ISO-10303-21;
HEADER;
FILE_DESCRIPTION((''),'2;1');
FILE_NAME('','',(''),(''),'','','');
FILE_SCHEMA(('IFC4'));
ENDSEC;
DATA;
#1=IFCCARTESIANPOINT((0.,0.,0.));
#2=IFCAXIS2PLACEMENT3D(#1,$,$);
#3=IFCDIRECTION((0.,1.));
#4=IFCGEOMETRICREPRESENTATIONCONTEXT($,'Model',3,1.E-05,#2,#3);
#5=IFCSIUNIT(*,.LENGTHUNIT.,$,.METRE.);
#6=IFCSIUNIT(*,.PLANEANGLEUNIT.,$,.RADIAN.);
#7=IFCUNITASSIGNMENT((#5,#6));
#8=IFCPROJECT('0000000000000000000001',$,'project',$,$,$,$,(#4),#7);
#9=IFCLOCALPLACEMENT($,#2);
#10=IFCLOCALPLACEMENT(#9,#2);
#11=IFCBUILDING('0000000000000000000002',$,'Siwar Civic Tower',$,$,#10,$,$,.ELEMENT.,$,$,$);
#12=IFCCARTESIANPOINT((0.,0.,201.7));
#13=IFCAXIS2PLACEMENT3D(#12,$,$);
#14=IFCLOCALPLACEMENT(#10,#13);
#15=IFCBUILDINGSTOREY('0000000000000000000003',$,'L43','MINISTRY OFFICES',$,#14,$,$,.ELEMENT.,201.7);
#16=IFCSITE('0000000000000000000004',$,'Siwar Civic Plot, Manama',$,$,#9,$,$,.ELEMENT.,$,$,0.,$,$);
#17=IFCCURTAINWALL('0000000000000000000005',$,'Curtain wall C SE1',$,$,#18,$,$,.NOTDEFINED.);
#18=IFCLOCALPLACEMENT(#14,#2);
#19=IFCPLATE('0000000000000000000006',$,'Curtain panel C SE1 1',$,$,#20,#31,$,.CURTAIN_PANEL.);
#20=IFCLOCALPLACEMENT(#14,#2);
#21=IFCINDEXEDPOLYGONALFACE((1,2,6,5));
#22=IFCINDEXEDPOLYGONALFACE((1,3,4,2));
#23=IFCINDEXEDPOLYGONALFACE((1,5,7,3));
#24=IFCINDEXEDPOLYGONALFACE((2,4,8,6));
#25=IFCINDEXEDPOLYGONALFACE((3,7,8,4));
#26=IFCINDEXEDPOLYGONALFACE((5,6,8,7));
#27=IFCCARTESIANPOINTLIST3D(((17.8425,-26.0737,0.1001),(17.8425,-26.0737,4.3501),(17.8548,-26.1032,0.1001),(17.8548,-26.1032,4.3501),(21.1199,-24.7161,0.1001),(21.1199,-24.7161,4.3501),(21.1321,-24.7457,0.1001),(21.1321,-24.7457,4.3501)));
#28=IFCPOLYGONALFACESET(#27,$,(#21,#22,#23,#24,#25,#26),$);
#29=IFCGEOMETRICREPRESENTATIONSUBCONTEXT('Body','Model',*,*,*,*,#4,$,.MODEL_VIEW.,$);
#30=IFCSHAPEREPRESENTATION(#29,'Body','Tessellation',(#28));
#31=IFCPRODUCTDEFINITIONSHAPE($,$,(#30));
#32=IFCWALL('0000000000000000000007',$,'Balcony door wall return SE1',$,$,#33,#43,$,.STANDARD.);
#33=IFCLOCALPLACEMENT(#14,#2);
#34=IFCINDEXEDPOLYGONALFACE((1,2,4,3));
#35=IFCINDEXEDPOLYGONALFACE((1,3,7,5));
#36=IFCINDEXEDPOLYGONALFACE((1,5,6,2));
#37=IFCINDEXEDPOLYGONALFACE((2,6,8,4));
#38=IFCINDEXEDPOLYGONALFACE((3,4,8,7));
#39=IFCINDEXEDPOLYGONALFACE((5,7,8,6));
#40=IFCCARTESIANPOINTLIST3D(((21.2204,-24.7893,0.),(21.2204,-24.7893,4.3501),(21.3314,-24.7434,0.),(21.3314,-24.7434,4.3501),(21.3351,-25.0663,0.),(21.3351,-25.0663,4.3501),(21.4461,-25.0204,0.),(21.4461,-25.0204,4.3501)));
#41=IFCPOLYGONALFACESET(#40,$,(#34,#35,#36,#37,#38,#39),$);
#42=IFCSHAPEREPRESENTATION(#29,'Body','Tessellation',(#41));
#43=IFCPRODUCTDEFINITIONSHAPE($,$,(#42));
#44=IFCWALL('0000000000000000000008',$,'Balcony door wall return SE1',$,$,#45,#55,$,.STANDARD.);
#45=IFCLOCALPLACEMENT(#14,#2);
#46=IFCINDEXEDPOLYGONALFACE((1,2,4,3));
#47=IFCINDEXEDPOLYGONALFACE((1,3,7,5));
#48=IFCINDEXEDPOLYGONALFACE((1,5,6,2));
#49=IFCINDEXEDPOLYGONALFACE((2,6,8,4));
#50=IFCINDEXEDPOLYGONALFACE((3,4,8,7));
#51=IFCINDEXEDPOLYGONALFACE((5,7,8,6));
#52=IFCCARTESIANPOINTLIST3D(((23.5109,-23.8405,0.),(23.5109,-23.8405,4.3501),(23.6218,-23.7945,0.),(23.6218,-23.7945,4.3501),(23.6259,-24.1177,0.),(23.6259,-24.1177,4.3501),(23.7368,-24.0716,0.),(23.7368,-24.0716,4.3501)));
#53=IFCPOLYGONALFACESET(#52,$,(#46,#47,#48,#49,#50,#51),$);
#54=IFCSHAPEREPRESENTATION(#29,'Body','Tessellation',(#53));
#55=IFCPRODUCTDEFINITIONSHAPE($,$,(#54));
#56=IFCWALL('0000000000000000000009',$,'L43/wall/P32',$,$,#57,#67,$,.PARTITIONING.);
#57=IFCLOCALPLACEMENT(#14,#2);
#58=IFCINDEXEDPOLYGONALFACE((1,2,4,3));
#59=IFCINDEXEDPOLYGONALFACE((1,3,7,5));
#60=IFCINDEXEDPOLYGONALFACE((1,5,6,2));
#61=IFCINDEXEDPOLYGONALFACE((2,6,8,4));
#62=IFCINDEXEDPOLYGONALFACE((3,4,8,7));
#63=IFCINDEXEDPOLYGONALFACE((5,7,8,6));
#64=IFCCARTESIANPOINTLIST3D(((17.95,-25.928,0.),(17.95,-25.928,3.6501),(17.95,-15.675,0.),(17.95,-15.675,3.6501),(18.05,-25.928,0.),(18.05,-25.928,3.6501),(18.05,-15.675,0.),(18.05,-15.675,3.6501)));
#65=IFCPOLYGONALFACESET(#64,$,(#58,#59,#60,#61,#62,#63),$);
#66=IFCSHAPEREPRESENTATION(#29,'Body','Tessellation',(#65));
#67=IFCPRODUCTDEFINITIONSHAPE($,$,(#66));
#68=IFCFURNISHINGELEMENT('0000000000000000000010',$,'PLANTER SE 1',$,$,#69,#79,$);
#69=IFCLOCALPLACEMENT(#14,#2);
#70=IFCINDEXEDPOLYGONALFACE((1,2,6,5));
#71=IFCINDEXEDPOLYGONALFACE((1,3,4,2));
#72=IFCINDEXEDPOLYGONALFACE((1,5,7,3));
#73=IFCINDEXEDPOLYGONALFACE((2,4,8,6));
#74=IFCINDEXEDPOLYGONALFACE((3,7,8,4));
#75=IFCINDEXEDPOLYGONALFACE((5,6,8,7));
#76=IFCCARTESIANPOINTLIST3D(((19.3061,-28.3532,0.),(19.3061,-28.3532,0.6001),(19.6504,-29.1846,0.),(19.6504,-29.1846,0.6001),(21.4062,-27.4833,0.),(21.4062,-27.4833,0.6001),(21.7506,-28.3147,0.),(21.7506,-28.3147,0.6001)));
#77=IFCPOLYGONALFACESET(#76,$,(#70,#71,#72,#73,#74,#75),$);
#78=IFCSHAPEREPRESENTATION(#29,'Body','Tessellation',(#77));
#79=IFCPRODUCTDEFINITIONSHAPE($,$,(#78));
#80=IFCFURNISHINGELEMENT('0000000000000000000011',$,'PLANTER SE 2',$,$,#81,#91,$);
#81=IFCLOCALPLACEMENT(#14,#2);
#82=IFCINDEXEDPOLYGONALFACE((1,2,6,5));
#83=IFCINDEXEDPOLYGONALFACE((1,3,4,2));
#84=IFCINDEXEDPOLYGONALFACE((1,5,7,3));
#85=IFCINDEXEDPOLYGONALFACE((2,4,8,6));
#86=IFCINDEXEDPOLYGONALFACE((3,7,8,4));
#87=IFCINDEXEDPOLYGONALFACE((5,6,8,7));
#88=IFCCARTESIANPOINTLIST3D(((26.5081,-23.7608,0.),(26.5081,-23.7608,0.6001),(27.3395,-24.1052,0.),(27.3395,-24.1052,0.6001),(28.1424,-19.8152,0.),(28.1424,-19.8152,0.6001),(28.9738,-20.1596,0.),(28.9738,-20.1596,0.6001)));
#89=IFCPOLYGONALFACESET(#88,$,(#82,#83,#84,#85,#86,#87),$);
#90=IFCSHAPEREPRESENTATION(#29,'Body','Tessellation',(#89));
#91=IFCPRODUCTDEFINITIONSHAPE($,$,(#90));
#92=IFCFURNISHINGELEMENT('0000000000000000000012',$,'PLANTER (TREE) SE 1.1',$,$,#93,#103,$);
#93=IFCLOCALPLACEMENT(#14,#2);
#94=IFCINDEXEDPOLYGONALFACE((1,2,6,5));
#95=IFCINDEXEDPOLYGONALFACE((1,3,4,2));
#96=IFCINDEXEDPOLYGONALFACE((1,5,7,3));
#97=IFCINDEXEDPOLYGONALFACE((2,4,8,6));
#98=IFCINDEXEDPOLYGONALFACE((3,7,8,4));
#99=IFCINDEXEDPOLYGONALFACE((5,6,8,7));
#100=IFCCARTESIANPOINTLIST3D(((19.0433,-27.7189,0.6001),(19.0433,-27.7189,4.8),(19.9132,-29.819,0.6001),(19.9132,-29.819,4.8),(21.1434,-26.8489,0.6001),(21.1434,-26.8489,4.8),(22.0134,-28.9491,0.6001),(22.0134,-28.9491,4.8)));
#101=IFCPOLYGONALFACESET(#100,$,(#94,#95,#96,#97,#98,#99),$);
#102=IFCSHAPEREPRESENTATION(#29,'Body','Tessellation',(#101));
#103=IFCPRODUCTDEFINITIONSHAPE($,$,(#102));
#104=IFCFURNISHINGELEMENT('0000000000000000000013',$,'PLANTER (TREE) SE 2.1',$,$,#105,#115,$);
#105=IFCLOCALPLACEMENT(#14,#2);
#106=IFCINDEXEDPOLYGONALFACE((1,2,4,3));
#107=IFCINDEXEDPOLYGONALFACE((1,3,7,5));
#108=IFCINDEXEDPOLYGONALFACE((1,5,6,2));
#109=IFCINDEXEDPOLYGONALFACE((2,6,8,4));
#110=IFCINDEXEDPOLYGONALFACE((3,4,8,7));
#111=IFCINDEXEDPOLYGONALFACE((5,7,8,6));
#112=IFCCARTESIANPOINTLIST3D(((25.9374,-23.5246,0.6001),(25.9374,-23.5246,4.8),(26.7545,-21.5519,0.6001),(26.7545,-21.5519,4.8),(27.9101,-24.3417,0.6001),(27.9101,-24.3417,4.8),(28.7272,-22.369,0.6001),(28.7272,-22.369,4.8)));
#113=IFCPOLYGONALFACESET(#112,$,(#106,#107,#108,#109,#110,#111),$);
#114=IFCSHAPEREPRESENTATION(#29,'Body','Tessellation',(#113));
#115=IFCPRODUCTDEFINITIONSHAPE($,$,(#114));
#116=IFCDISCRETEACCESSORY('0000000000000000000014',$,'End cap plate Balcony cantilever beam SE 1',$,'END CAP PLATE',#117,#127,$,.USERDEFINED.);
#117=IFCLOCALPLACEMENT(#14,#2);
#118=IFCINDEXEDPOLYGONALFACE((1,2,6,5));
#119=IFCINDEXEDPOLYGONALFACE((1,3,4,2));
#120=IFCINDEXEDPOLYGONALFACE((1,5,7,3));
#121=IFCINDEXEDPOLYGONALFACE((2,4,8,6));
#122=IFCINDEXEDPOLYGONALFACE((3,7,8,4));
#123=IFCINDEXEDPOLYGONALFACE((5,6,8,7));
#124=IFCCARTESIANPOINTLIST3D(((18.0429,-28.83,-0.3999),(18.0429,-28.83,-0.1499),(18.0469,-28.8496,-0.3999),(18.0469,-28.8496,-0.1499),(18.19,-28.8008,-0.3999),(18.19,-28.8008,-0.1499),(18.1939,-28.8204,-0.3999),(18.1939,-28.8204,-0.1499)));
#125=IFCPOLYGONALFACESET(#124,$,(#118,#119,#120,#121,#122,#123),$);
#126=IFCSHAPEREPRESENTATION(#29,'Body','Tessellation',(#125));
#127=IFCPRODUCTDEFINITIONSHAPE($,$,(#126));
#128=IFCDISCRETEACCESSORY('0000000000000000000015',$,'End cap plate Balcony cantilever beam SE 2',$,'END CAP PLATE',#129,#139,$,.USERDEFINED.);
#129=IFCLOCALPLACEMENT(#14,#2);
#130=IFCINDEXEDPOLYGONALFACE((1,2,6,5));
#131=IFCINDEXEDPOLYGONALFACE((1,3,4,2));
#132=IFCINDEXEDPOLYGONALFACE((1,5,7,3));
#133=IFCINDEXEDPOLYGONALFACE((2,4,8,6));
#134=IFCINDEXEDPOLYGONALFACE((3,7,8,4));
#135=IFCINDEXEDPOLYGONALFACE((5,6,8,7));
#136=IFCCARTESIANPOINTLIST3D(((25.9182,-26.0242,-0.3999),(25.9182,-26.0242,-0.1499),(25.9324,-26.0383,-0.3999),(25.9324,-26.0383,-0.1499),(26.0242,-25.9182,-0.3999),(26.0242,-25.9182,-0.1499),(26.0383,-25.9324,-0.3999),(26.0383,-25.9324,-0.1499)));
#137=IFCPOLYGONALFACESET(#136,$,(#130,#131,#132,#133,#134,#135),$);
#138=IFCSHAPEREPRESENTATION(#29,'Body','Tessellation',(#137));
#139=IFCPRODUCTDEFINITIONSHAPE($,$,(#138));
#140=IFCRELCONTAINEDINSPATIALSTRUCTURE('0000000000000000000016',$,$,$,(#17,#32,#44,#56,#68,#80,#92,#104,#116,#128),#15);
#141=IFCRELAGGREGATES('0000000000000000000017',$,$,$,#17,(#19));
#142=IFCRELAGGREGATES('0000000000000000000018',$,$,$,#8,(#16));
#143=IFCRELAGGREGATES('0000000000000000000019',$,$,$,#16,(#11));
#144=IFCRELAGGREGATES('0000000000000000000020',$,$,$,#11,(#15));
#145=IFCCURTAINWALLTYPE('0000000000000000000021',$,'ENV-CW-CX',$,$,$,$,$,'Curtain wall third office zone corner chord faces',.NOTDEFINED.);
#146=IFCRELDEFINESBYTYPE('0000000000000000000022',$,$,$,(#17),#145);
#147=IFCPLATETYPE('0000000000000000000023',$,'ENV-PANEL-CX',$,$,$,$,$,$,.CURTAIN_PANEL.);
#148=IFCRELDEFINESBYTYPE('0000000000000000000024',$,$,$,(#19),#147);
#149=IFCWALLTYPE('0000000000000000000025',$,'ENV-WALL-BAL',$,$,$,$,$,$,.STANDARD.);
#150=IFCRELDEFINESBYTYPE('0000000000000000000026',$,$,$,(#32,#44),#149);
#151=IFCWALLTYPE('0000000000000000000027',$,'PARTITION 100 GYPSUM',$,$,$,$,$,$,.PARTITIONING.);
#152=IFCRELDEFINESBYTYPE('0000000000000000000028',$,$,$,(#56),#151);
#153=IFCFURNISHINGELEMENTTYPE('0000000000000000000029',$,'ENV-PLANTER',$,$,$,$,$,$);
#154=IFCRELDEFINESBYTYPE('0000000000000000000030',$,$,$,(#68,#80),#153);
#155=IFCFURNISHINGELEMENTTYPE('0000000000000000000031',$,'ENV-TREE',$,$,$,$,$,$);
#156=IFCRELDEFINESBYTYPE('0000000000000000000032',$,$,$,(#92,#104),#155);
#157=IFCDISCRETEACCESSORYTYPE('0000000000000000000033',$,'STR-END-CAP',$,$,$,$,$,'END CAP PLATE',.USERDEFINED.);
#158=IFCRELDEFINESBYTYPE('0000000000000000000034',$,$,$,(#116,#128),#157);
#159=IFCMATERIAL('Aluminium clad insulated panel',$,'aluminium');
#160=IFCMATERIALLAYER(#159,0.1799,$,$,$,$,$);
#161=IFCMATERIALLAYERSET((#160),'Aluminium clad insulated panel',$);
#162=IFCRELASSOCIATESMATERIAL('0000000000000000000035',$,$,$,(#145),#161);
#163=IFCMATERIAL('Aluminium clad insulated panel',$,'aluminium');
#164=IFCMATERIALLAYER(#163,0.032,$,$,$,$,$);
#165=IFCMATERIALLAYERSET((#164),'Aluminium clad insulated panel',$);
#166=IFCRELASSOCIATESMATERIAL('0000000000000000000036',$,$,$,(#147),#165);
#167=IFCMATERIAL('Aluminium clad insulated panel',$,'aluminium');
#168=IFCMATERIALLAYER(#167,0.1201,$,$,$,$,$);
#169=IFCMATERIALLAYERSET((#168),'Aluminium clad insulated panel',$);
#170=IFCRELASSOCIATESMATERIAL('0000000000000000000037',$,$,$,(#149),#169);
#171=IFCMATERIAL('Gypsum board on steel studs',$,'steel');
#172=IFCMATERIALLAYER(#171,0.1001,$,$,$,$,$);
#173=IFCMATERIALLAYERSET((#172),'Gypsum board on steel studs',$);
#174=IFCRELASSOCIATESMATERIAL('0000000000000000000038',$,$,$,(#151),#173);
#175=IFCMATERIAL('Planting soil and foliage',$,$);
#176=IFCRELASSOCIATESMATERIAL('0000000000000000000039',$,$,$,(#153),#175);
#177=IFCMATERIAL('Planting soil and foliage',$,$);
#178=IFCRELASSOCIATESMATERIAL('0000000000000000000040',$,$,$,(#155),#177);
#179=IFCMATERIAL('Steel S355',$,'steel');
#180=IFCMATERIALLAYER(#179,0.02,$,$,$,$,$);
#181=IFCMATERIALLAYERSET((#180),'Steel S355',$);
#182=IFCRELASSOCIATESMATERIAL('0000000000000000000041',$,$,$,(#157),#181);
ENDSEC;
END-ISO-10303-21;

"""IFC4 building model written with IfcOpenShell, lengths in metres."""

from ifc_helpers import new_model, si_unit, direction, frame, frame_2d, origin, origin_2d, place, context, subcontext, project, spatial, rectangle, extrude, material, layer, layer_set, type_object, element, aggregate, save


model = new_model("IFC4")

# Units and contexts
model_context = context("Model", 3, precision=1e-05, world=origin(), true_north=direction((0.0, 1.0)))
body_context = subcontext(model_context, "Body", "Model", "MODEL_VIEW")
ifc_project = project(units=[si_unit("LENGTHUNIT", "METRE"), si_unit("PLANEANGLEUNIT", "RADIAN")], contexts=[model_context])

# Site, building, storey
site_placement = place(None, origin())
site = spatial("IfcSite", under=ifc_project, at=site_placement, Name="Siwar Civic Plot, Manama", CompositionType="ELEMENT", RefElevation=0.0)
building_placement = place(site_placement, origin())
building = spatial("IfcBuilding", under=site, at=building_placement, Name="Siwar Civic Tower", CompositionType="ELEMENT")
storey_placement = place(building_placement, frame((0.0, 0.0, 201.7)))
storey = spatial("IfcBuildingStorey", under=building, at=storey_placement, Name="L43", Description="MINISTRY OFFICES", CompositionType="ELEMENT", Elevation=201.7)

# Curtain wall
ifc_material_1 = material(Name="Aluminium clad insulated panel", Category="aluminium")
ifc_layer_1 = layer(ifc_material_1, 0.1799)
ifc_layer_set_1 = layer_set([ifc_layer_1], Name="Aluminium clad insulated panel")
curtain_wall_type = type_object("IfcCurtainWallType", Name="ENV-CW-CX", ElementType="Curtain wall third office zone corner chord faces", PredefinedType="NOTDEFINED", material=ifc_layer_set_1)
curtain_wall_1_placement = place(storey_placement, origin())
curtain_wall_1 = element("IfcCurtainWall", 1, at=curtain_wall_1_placement, inside=storey, type_object=curtain_wall_type, Name="Curtain wall C SE1", PredefinedType="NOTDEFINED")

# Plate
ifc_material_2 = material(Name="Aluminium clad insulated panel", Category="aluminium")
ifc_layer_2 = layer(ifc_material_2, 0.032)
ifc_layer_set_2 = layer_set([ifc_layer_2], Name="Aluminium clad insulated panel")
plate_type = type_object("IfcPlateType", Name="ENV-PANEL-CX", PredefinedType="CURTAIN_PANEL", material=ifc_layer_set_2)
plate_placement = place(storey_placement, frame((19.4873, -25.4097, 0.1001), z_axis=(0.0, 0.0, 1.0), x_axis=(0.92388, 0.382683, 0.0)))
plate = element("IfcPlate", 2, at=plate_placement, type_object=plate_type, Name="Curtain panel C SE1 1", PredefinedType="CURTAIN_PANEL", context=body_context, shape_type="SweptSolid", body=[
    extrude(rectangle(XDim=3.5474, YDim=0.032, at=origin_2d()), origin(), (0.0, 0.0, 1.0), 4.25),
])
aggregate(curtain_wall_1, [plate])

# Walls
ifc_material_3 = material(Name="Aluminium clad insulated panel", Category="aluminium")
ifc_layer_3 = layer(ifc_material_3, 0.1201)
ifc_layer_set_3 = layer_set([ifc_layer_3], Name="Aluminium clad insulated panel")
wall_type_1 = type_object("IfcWallType", Name="ENV-WALL-BAL", PredefinedType="STANDARD", material=ifc_layer_set_3)
wall_1_placement = place(storey_placement, frame((21.2759, -24.7664, 0.0), z_axis=(0.0, 0.0, 1.0), x_axis=(0.382591, -0.923918, 0.0)))
element("IfcWall", 3, at=wall_1_placement, inside=storey, type_object=wall_type_1, Name="Balcony door wall return SE1", PredefinedType="STANDARD", context=body_context, shape_type="SweptSolid", body=[
    extrude(rectangle(XDim=0.2998, YDim=0.1201, at=frame_2d((0.1499, 0.0))), origin(), (0.0, 0.0, 1.0), 4.3501),
])
wall_2_placement = place(storey_placement, frame((23.5664, -23.8176, 0.0), z_axis=(0.0, 0.0, 1.0), x_axis=(0.383286, -0.92363, 0.0)))
element("IfcWall", 4, at=wall_2_placement, inside=storey, type_object=wall_type_1, Name="Balcony door wall return SE1", PredefinedType="STANDARD", context=body_context, shape_type="SweptSolid", body=[
    extrude(rectangle(XDim=0.3, YDim=0.1201, at=frame_2d((0.1499, 0.0))), origin(), (0.0, 0.0, 1.0), 4.3501),
])

# Wall
ifc_material_4 = material(Name="Gypsum board on steel studs", Category="steel")
ifc_layer_4 = layer(ifc_material_4, 0.1001)
ifc_layer_set_4 = layer_set([ifc_layer_4], Name="Gypsum board on steel studs")
wall_type_2 = type_object("IfcWallType", Name="PARTITION 100 GYPSUM", PredefinedType="PARTITIONING", material=ifc_layer_set_4)
wall_3_placement = place(storey_placement, frame((18.0, -25.928, 0.0), z_axis=(0.0, 0.0, 1.0), x_axis=(0.0, 1.0, 0.0)))
element("IfcWall", 5, at=wall_3_placement, inside=storey, type_object=wall_type_2, Name="L43/wall/P32", PredefinedType="PARTITIONING", context=body_context, shape_type="SweptSolid", body=[
    extrude(rectangle(XDim=10.2529, YDim=0.1001, at=frame_2d((5.1265, 0.0))), origin(), (0.0, 0.0, 1.0), 3.6501),
])

# Furnishing elements
ifc_material_5 = material(Name="Planting soil and foliage")
furnishing_element_type_1 = type_object("IfcFurnishingElementType", Name="ENV-PLANTER", material=ifc_material_5)
furnishing_1_placement = place(storey_placement, frame((20.5283, -28.334, 0.0), z_axis=(0.0, 0.0, 1.0), x_axis=(0.92388, 0.382683, 0.0)))
element("IfcFurnishingElement", 6, at=furnishing_1_placement, inside=storey, type_object=furnishing_element_type_1, Name="PLANTER SE 1", context=body_context, shape_type="SweptSolid", body=[
    extrude(rectangle(XDim=2.2732, YDim=0.8999, at=origin_2d()), origin(), (0.0, 0.0, 1.0), 0.6001),
])
furnishing_2_placement = place(storey_placement, frame((27.741, -21.9602, 0.0), z_axis=(0.0, 0.0, 1.0), x_axis=(0.382683, 0.92388, 0.0)))
element("IfcFurnishingElement", 7, at=furnishing_2_placement, inside=storey, type_object=furnishing_element_type_1, Name="PLANTER SE 2", context=body_context, shape_type="SweptSolid", body=[
    extrude(rectangle(XDim=4.2708, YDim=0.8999, at=origin_2d()), origin(), (0.0, 0.0, 1.0), 0.6001),
])
ifc_material_6 = material(Name="Planting soil and foliage")
furnishing_element_type_2 = type_object("IfcFurnishingElementType", Name="ENV-TREE", material=ifc_material_6)
furnishing_3_placement = place(storey_placement, frame((20.5283, -28.334, 0.6001), z_axis=(0.0, 0.0, 1.0), x_axis=(0.92388, 0.382683, 0.0)))
element("IfcFurnishingElement", 8, at=furnishing_3_placement, inside=storey, type_object=furnishing_element_type_2, Name="PLANTER (TREE) SE 1.1", context=body_context, shape_type="SweptSolid", body=[
    extrude(rectangle(XDim=2.2732, YDim=2.2732, at=origin_2d()), origin(), (0.0, 0.0, 1.0), 4.2),
])
furnishing_4_placement = place(storey_placement, frame((27.3323, -22.9468, 0.6001), z_axis=(0.0, 0.0, 1.0), x_axis=(0.382683, 0.92388, 0.0)))
element("IfcFurnishingElement", 9, at=furnishing_4_placement, inside=storey, type_object=furnishing_element_type_2, Name="PLANTER (TREE) SE 2.1", context=body_context, shape_type="SweptSolid", body=[
    extrude(rectangle(XDim=2.1353, YDim=2.1353, at=origin_2d()), origin(), (0.0, 0.0, 1.0), 4.2),
])

# Discrete accessories
ifc_material_7 = material(Name="Steel S355", Category="steel")
ifc_layer_5 = layer(ifc_material_7, 0.02)
ifc_layer_set_5 = layer_set([ifc_layer_5], Name="Steel S355")
discrete_accessory_type = type_object("IfcDiscreteAccessoryType", Name="STR-END-CAP", ElementType="END CAP PLATE", PredefinedType="USERDEFINED", material=ifc_layer_set_5)
for number, where, z_axis, x_axis, name in (
    (10, (18.1184, -28.8252, -0.3999), (0.0, 0.0, 1.0), (0.19509, -0.980785, 0.0), "End cap plate Balcony cantilever beam SE 1"),
    (11, (25.9783, -25.9783, -0.3999), (0.0, 0.0, 1.0), (0.707107, -0.707107, 0.0), "End cap plate Balcony cantilever beam SE 2"),
):
    element("IfcDiscreteAccessory", number, at=place(storey_placement, frame(where, z_axis=z_axis, x_axis=x_axis)), inside=storey, type_object=discrete_accessory_type, Name=name, ObjectType="END CAP PLATE", PredefinedType="USERDEFINED", context=body_context, shape_type="SweptSolid", body=[
        extrude(rectangle(XDim=0.02, YDim=0.1499, at=origin_2d()), origin(), (0.0, 0.0, 1.0), 0.25),
    ])

save(model, "model.ifc")
